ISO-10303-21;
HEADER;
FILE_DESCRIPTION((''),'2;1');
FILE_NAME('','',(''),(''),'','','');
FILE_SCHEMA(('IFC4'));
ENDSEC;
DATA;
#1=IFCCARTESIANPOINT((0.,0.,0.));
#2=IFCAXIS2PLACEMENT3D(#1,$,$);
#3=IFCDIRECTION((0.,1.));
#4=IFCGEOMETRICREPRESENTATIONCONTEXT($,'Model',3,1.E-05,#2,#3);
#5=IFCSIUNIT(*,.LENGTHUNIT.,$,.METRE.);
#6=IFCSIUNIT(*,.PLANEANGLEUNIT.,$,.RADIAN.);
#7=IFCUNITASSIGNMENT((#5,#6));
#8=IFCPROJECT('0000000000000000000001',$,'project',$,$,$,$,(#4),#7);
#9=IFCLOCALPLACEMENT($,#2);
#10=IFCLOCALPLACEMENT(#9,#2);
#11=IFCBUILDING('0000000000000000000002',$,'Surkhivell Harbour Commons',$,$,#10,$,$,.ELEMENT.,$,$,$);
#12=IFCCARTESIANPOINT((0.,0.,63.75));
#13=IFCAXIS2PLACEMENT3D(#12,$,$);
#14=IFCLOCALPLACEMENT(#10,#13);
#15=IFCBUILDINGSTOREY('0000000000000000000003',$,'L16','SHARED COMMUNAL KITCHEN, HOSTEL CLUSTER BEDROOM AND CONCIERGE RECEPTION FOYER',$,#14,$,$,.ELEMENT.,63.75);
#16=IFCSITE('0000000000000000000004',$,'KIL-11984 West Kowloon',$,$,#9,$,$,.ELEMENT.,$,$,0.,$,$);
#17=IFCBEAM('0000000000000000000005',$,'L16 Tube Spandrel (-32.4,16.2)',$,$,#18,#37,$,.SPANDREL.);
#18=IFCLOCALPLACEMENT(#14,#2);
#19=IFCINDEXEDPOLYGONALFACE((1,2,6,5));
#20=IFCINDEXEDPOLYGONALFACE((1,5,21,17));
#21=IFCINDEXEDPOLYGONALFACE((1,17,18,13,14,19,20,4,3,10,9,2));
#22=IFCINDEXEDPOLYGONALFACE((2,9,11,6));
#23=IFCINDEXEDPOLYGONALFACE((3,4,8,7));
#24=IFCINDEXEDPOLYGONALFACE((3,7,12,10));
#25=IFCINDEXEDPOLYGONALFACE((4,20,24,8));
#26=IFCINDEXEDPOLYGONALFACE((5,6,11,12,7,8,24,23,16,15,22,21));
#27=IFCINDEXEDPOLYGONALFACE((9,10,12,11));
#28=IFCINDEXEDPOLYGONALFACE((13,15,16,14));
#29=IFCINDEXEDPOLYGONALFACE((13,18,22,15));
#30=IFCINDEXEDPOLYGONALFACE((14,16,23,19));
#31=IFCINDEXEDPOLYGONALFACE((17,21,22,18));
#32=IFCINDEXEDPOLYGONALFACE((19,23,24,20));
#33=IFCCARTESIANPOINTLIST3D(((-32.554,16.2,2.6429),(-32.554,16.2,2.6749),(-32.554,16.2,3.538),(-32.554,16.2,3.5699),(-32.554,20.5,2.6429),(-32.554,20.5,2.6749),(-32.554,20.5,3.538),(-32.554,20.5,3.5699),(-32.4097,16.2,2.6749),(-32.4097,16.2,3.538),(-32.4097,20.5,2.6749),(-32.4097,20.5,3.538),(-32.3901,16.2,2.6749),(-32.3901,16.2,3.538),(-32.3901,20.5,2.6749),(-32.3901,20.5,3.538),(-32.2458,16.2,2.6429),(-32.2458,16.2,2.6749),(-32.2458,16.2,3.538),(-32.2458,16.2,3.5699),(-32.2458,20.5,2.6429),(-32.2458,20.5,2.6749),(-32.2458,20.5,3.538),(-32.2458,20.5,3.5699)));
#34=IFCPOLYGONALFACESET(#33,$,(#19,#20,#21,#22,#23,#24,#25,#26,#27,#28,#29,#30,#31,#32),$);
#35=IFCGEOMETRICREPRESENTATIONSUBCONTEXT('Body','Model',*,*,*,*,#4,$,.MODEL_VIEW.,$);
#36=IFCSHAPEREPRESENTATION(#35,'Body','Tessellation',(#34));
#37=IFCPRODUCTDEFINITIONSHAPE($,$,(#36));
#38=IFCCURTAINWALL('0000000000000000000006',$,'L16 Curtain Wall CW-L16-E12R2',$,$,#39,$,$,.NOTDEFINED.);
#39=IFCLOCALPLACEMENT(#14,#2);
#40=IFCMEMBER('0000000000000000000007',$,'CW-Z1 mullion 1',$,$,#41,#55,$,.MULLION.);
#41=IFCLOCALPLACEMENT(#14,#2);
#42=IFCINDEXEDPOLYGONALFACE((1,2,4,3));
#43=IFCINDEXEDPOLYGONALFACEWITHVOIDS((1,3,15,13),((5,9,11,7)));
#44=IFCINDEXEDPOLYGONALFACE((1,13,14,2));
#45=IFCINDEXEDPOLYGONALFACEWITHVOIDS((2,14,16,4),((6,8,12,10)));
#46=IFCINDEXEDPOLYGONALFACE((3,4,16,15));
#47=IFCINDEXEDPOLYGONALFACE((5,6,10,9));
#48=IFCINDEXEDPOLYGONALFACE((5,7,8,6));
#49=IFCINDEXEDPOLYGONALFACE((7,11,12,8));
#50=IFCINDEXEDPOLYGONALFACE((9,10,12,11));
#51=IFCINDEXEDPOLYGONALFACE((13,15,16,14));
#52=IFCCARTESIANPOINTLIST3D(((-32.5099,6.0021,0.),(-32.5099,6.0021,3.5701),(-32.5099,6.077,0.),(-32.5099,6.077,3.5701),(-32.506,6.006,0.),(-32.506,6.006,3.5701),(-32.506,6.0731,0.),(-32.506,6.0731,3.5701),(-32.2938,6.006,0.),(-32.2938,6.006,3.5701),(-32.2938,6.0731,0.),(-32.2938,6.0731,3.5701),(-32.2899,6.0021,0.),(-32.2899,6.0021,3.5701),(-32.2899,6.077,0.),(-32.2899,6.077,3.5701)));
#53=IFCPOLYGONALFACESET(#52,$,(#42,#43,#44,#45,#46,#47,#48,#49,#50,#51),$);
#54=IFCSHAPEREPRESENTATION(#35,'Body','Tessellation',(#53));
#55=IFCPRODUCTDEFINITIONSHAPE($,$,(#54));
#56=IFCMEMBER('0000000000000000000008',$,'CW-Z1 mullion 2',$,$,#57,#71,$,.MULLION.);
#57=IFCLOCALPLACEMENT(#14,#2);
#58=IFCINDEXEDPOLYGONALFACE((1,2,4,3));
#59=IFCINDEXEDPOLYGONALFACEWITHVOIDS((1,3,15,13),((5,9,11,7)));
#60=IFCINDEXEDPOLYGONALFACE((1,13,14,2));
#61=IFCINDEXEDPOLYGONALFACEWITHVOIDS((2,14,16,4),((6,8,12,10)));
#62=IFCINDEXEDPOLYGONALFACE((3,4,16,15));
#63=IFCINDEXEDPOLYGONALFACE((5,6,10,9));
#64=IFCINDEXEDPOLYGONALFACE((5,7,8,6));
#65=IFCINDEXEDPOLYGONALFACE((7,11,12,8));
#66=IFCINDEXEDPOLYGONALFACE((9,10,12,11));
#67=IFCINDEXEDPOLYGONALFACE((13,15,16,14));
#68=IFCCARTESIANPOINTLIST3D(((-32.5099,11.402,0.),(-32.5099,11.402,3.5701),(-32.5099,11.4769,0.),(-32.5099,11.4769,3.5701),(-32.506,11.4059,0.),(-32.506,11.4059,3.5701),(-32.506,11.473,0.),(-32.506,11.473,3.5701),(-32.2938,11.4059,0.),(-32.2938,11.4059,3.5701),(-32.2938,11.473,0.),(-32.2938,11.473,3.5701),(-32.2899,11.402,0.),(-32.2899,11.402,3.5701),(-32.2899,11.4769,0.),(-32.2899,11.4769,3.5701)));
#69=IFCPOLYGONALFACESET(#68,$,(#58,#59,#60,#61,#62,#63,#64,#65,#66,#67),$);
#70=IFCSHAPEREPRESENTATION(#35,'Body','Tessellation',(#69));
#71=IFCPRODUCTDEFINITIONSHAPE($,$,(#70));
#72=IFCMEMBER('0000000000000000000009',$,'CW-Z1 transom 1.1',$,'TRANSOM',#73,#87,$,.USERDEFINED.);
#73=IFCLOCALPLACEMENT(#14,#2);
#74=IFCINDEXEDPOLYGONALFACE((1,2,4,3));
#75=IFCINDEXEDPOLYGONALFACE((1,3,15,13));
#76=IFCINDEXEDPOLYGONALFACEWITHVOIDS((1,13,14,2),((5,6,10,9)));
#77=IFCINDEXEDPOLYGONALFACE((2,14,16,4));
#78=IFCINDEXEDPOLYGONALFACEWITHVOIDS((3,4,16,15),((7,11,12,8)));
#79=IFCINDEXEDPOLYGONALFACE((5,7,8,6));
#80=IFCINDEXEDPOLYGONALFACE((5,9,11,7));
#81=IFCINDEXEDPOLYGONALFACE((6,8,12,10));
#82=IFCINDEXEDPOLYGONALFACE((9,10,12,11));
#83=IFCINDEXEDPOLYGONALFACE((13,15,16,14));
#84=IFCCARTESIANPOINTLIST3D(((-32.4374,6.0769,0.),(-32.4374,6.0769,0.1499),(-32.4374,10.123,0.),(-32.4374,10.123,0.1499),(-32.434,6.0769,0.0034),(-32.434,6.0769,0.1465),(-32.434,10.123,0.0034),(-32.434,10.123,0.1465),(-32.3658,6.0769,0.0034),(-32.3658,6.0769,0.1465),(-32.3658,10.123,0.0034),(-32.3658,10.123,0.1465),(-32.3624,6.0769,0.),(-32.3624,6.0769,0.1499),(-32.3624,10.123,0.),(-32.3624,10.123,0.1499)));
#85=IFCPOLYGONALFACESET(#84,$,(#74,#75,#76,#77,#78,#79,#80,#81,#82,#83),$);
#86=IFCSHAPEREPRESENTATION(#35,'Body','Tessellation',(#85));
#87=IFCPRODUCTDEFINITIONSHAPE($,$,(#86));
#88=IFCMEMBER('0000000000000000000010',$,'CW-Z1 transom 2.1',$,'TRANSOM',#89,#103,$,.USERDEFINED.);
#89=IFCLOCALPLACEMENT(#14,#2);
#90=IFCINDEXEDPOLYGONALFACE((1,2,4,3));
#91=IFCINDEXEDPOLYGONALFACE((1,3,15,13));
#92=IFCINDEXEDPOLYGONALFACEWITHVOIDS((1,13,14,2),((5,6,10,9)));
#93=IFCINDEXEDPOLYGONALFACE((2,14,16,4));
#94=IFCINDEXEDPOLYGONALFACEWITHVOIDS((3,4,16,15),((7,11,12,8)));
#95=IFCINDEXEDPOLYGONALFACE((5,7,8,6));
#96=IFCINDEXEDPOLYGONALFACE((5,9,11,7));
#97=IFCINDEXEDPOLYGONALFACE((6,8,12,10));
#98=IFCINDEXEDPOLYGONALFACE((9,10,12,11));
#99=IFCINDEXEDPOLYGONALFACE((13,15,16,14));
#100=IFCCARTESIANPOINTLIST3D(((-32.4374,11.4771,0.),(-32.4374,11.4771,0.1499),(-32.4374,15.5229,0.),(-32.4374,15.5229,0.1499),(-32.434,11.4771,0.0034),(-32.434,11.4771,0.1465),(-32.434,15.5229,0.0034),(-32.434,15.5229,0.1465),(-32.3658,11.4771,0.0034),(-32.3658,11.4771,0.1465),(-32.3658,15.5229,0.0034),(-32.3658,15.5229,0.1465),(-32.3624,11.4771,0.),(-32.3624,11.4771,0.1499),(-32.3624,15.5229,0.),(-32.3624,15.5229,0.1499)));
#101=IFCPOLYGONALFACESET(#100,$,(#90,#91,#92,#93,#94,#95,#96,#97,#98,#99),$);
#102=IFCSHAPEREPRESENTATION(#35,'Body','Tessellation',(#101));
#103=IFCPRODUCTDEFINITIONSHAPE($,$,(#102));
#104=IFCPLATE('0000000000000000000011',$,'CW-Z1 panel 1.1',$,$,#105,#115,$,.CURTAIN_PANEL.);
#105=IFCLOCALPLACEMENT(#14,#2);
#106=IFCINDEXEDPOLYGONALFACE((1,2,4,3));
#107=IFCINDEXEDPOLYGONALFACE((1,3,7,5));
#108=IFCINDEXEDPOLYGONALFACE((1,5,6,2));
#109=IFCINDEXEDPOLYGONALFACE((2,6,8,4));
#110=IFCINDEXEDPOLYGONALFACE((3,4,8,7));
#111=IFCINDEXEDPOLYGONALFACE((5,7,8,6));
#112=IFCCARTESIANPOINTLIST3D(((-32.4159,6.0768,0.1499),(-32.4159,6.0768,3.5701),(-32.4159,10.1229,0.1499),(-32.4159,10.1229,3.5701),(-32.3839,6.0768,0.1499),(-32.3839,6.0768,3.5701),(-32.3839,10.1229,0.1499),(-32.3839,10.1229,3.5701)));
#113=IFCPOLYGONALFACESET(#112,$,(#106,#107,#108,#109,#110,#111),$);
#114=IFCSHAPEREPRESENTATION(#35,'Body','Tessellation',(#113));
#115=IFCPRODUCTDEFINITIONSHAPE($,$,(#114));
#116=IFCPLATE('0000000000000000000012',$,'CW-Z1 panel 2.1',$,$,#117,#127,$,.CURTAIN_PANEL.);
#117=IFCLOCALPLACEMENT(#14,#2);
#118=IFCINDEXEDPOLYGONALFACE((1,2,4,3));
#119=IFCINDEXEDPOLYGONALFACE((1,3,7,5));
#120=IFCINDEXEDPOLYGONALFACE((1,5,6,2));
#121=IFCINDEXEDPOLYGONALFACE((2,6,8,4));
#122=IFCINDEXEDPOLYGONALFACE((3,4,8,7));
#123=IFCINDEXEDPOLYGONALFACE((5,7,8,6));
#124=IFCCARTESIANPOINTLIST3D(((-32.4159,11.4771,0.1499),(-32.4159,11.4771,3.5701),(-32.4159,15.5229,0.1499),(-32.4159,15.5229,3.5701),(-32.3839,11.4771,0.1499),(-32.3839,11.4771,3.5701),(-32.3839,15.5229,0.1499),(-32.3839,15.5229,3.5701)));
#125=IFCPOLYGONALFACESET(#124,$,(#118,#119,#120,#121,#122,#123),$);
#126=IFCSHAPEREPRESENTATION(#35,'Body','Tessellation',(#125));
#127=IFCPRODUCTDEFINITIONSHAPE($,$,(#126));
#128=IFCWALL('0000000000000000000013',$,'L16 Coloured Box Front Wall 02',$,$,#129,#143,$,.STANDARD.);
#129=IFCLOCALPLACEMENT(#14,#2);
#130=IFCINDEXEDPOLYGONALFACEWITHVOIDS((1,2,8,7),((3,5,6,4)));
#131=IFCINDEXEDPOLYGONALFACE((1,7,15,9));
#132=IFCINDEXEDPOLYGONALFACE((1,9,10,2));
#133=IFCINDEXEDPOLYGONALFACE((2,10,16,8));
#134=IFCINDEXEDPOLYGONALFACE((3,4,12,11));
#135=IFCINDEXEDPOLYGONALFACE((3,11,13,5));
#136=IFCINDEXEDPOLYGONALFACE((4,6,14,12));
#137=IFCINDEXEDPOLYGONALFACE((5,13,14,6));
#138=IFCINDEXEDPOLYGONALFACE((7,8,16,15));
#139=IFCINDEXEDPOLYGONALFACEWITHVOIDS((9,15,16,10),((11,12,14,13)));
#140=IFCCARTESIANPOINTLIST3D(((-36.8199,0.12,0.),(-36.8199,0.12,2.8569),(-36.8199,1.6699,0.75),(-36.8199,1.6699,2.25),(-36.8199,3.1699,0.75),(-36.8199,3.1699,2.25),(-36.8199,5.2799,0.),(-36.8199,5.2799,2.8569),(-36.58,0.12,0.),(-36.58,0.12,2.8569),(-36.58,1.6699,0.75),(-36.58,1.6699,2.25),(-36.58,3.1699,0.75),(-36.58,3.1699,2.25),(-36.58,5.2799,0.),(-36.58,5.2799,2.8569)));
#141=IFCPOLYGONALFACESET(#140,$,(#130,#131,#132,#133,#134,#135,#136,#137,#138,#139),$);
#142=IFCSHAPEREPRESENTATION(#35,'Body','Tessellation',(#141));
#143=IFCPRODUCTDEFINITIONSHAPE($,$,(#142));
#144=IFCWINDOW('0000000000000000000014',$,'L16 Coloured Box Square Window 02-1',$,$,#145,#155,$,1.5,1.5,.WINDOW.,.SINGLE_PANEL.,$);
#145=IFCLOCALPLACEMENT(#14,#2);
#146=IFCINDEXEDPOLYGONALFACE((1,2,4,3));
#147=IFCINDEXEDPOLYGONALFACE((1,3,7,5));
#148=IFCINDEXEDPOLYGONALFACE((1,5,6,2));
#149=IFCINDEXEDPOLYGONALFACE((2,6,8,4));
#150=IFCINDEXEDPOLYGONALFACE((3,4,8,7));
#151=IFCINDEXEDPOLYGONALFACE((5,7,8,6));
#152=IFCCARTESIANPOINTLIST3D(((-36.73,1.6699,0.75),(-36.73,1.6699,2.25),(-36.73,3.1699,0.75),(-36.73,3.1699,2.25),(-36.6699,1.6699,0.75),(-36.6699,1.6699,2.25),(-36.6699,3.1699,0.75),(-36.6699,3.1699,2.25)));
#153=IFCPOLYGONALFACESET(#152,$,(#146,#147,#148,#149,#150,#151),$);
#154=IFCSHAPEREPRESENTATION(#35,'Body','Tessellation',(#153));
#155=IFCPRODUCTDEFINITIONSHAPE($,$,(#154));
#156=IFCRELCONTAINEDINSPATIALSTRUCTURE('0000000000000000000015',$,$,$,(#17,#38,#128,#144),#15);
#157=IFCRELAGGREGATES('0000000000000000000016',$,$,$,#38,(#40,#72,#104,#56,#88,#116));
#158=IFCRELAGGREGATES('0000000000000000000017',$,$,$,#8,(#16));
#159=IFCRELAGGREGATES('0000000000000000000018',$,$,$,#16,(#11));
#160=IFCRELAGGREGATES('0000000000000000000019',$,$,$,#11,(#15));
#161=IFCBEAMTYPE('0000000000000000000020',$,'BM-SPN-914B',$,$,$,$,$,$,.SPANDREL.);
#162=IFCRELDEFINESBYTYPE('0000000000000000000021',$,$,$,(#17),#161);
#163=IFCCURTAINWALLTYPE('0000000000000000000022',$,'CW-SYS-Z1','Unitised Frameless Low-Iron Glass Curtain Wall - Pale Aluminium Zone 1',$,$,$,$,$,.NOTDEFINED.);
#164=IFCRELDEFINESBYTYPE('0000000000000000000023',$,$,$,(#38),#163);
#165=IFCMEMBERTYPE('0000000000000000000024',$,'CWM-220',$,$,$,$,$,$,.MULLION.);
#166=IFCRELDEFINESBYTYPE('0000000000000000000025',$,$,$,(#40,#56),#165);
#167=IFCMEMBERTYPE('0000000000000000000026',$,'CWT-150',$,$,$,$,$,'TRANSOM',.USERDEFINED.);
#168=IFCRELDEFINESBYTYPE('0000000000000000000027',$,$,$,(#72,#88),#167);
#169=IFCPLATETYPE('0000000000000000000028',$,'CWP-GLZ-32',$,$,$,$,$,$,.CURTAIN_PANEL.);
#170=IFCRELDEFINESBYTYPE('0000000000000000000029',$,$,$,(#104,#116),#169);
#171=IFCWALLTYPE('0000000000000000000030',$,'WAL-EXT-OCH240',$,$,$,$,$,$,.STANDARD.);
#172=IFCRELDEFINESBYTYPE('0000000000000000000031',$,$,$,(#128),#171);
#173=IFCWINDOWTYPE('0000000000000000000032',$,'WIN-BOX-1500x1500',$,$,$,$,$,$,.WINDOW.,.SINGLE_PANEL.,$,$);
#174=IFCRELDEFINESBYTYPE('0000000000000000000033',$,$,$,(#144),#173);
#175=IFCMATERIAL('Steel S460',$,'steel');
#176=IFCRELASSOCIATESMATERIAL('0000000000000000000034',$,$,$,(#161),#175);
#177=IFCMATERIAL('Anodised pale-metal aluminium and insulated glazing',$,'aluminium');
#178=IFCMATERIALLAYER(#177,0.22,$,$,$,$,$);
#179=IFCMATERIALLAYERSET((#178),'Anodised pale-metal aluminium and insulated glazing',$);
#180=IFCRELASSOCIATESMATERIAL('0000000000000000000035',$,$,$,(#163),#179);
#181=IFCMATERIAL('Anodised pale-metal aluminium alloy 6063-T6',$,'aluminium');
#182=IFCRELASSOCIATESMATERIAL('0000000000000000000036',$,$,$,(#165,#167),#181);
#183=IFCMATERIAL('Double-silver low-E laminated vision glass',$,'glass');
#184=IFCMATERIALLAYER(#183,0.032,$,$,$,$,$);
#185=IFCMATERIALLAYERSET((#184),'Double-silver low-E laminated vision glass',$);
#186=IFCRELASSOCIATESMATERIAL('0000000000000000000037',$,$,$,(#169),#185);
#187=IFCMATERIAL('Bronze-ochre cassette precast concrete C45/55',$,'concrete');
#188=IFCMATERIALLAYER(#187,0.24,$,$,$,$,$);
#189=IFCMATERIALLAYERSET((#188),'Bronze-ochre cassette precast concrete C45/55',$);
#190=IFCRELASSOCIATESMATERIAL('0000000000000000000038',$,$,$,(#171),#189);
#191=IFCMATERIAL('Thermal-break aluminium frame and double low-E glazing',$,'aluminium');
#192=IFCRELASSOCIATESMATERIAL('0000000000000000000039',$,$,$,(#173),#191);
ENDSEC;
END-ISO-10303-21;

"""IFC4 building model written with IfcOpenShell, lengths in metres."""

from ifc_helpers import new_model, si_unit, direction, frame, frame_2d, origin, origin_2d, place, context, subcontext, project, spatial, rectangle, hollow_rectangle, i_section, extrude, material, layer, layer_set, material_profile, profile_set, type_object, element, fill, aggregate, save


model = new_model("IFC4")

# Units and contexts
model_context = context("Model", 3, precision=1e-05, world=origin(), true_north=direction((0.0, 1.0)))
body_context = subcontext(model_context, "Body", "Model", "MODEL_VIEW")
ifc_project = project(units=[si_unit("LENGTHUNIT", "METRE"), si_unit("PLANEANGLEUNIT", "RADIAN")], contexts=[model_context])

# Site, building, storey
site_placement = place(None, origin())
site = spatial("IfcSite", under=ifc_project, at=site_placement, Name="KIL-11984 West Kowloon", CompositionType="ELEMENT", RefElevation=0.0)
building_placement = place(site_placement, origin())
building = spatial("IfcBuilding", under=site, at=building_placement, Name="Surkhivell Harbour Commons", CompositionType="ELEMENT")
storey_placement = place(building_placement, frame((0.0, 0.0, 63.75)))
storey = spatial("IfcBuildingStorey", under=building, at=storey_placement, Name="L16", Description="SHARED COMMUNAL KITCHEN, HOSTEL CLUSTER BEDROOM AND CONCIERGE RECEPTION FOYER", CompositionType="ELEMENT", Elevation=63.75)

# Beam
ifc_material_1 = material(Name="Steel S460", Category="steel")
ifc_material_profile_1 = material_profile(ifc_material_1, i_section(OverallWidth=0.3081, OverallDepth=0.927, WebThickness=0.0195, FlangeThickness=0.032, at=origin_2d()), Name="UB914x305x289")
ifc_profile_set_1 = profile_set([ifc_material_profile_1], Name="Steel S460")
beam_type_1 = type_object("IfcBeamType", Name="BM-SPN-914B", PredefinedType="SPANDREL", material=ifc_profile_set_1)
beam_1_placement = place(storey_placement, frame((-32.3999, 16.2, 3.1064), z_axis=(0.0, 1.0, 0.0), x_axis=(-1.0, 0.0, 0.0)))
element("IfcBeam", 1, at=beam_1_placement, inside=storey, type_object=beam_type_1, Name="L16 Tube Spandrel (-32.4,16.2)", PredefinedType="SPANDREL", context=body_context, shape_type="SweptSolid", body=[
    extrude(i_section(OverallWidth=0.3081, OverallDepth=0.927, WebThickness=0.0195, FlangeThickness=0.032, at=origin_2d()), origin(), (0.0, 0.0, 1.0), 4.3),
])

# Curtain wall, members, plates
ifc_material_2 = material(Name="Anodised pale-metal aluminium and insulated glazing", Category="aluminium")
ifc_layer_1 = layer(ifc_material_2, 0.22)
ifc_layer_set_1 = layer_set([ifc_layer_1], Name="Anodised pale-metal aluminium and insulated glazing")
curtain_wall_type = type_object("IfcCurtainWallType", Name="CW-SYS-Z1", Description="Unitised Frameless Low-Iron Glass Curtain Wall - Pale Aluminium Zone 1", PredefinedType="NOTDEFINED", material=ifc_layer_set_1)
curtain_wall_placement = place(storey_placement, origin())
curtain_wall = element("IfcCurtainWall", 2, at=curtain_wall_placement, inside=storey, type_object=curtain_wall_type, Name="L16 Curtain Wall CW-L16-E12R2", PredefinedType="NOTDEFINED")
ifc_material_3 = material(Name="Anodised pale-metal aluminium alloy 6063-T6", Category="aluminium")
ifc_material_profile_2 = material_profile(ifc_material_3, hollow_rectangle(XDim=0.075, YDim=0.22, WallThickness=0.0039, at=origin_2d()), Name="ALU-MULL-75x220")
ifc_profile_set_2 = profile_set([ifc_material_profile_2], Name="Anodised pale-metal aluminium alloy 6063-T6")
member_type_1 = type_object("IfcMemberType", Name="CWM-220", PredefinedType="MULLION", material=ifc_profile_set_2)
member_1_placement = place(storey_placement, frame((-32.3999, 6.0396, 0.0), z_axis=(0.0, 0.0, 1.0), x_axis=(0.0, 1.0, 0.0)))
member_1 = element("IfcMember", 3, at=member_1_placement, type_object=member_type_1, Name="CW-Z1 mullion 1", PredefinedType="MULLION", context=body_context, shape_type="SweptSolid", body=[
    extrude(hollow_rectangle(XDim=0.075, YDim=0.22, WallThickness=0.0039, at=origin_2d()), origin(), (0.0, 0.0, 1.0), 3.5701),
])
member_2_placement = place(storey_placement, frame((-32.3999, 11.4395, 0.0), z_axis=(0.0, 0.0, 1.0), x_axis=(0.0, 1.0, 0.0)))
member_2 = element("IfcMember", 4, at=member_2_placement, type_object=member_type_1, Name="CW-Z1 mullion 2", PredefinedType="MULLION", context=body_context, shape_type="SweptSolid", body=[
    extrude(hollow_rectangle(XDim=0.075, YDim=0.22, WallThickness=0.0039, at=origin_2d()), origin(), (0.0, 0.0, 1.0), 3.5701),
])
ifc_material_profile_3 = material_profile(ifc_material_3, hollow_rectangle(XDim=0.075, YDim=0.1499, WallThickness=0.0034, at=origin_2d()), Name="ALU-TRAN-75x150")
ifc_profile_set_3 = profile_set([ifc_material_profile_3], Name="Anodised pale-metal aluminium alloy 6063-T6")
member_type_2 = type_object("IfcMemberType", Name="CWT-150", ElementType="TRANSOM", PredefinedType="USERDEFINED", material=ifc_profile_set_3)
member_3_placement = place(storey_placement, frame((-32.3999, 6.0769, 0.075), z_axis=(0.0, 1.0, 0.0), x_axis=(-1.0, 0.0, 0.0)))
member_3 = element("IfcMember", 5, at=member_3_placement, type_object=member_type_2, Name="CW-Z1 transom 1.1", ObjectType="TRANSOM", PredefinedType="USERDEFINED", context=body_context, shape_type="SweptSolid", body=[
    extrude(hollow_rectangle(XDim=0.075, YDim=0.1499, WallThickness=0.0034, at=origin_2d()), origin(), (0.0, 0.0, 1.0), 4.0461),
])
member_4_placement = place(storey_placement, frame((-32.3999, 11.4771, 0.075), z_axis=(0.0, 1.0, 0.0), x_axis=(-1.0, 0.0, 0.0)))
member_4 = element("IfcMember", 6, at=member_4_placement, type_object=member_type_2, Name="CW-Z1 transom 2.1", ObjectType="TRANSOM", PredefinedType="USERDEFINED", context=body_context, shape_type="SweptSolid", body=[
    extrude(hollow_rectangle(XDim=0.075, YDim=0.1499, WallThickness=0.0034, at=origin_2d()), origin(), (0.0, 0.0, 1.0), 4.0459),
])
ifc_material_4 = material(Name="Double-silver low-E laminated vision glass", Category="glass")
ifc_layer_2 = layer(ifc_material_4, 0.032)
ifc_layer_set_2 = layer_set([ifc_layer_2], Name="Double-silver low-E laminated vision glass")
plate_type = type_object("IfcPlateType", Name="CWP-GLZ-32", PredefinedType="CURTAIN_PANEL", material=ifc_layer_set_2)
plate_1_placement = place(storey_placement, frame((-32.3999, 6.0769, 0.1499), z_axis=(0.0, 0.0, 1.0), x_axis=(0.0, 1.0, 0.0)))
plate_1 = element("IfcPlate", 7, at=plate_1_placement, type_object=plate_type, Name="CW-Z1 panel 1.1", PredefinedType="CURTAIN_PANEL", context=body_context, shape_type="SweptSolid", body=[
    extrude(rectangle(XDim=4.0461, YDim=0.032, at=frame_2d((2.0229, 0.0))), origin(), (0.0, 0.0, 1.0), 3.4202),
])
plate_2_placement = place(storey_placement, frame((-32.3999, 11.4771, 0.1499), z_axis=(0.0, 0.0, 1.0), x_axis=(0.0, 1.0, 0.0)))
plate_2 = element("IfcPlate", 8, at=plate_2_placement, type_object=plate_type, Name="CW-Z1 panel 2.1", PredefinedType="CURTAIN_PANEL", context=body_context, shape_type="SweptSolid", body=[
    extrude(rectangle(XDim=4.0459, YDim=0.032, at=frame_2d((2.0229, 0.0))), origin(), (0.0, 0.0, 1.0), 3.4202),
])
aggregate(curtain_wall, [member_1, member_3, plate_1, member_2, member_4, plate_2])

# Wall, opening, window
ifc_material_5 = material(Name="Bronze-ochre cassette precast concrete C45/55", Category="concrete")
ifc_layer_3 = layer(ifc_material_5, 0.24)
ifc_layer_set_3 = layer_set([ifc_layer_3], Name="Bronze-ochre cassette precast concrete C45/55")
wall_type_1 = type_object("IfcWallType", Name="WAL-EXT-OCH240", PredefinedType="STANDARD", material=ifc_layer_set_3)
wall_1_placement = place(storey_placement, frame((-36.7, 5.28, 0.0), z_axis=(0.0, 0.0, 1.0), x_axis=(0.0, -1.0, 0.0)))
wall_1 = element("IfcWall", 9, at=wall_1_placement, inside=storey, type_object=wall_type_1, Name="L16 Coloured Box Front Wall 02", PredefinedType="STANDARD", context=body_context, shape_type="SweptSolid", body=[
    extrude(rectangle(XDim=5.1599, YDim=0.24, at=frame_2d((2.5801, 0.0))), origin(), (0.0, 0.0, 1.0), 2.8569),
])
opening_1_placement = place(wall_1_placement, frame((2.1101, 0.0, 0.75)))
opening_1 = element("IfcOpeningElement", 10, at=opening_1_placement, cuts=wall_1, PredefinedType="OPENING", context=body_context, shape_type="SweptSolid", body=[
    extrude(rectangle(XDim=1.5, YDim=1.5, at=frame_2d((0.75, 0.75))), frame((0.0, 0.1299, 0.0), z_axis=(0.0, -1.0, 0.0), x_axis=(1.0, 0.0, 0.0)), (0.0, 0.0, 1.0), 0.26),
])
ifc_material_6 = material(Name="Thermal-break aluminium frame and double low-E glazing", Category="aluminium")
window_type_1 = type_object("IfcWindowType", Name="WIN-BOX-1500x1500", PartitioningType="SINGLE_PANEL", PredefinedType="WINDOW", material=ifc_material_6)
window_1_placement = place(opening_1_placement, origin())
window_1 = element("IfcWindow", 11, at=window_1_placement, inside=storey, type_object=window_type_1, Name="L16 Coloured Box Square Window 02-1", OverallHeight=1.5, OverallWidth=1.5, PartitioningType="SINGLE_PANEL", PredefinedType="WINDOW", context=body_context, shape_type="SweptSolid", body=[
    extrude(rectangle(XDim=1.5, YDim=1.5, at=frame_2d((0.75, 0.75))), frame((0.0, 0.03, 0.0), z_axis=(0.0, -1.0, 0.0), x_axis=(1.0, 0.0, 0.0)), (0.0, 0.0, 1.0), 0.0601),
])
fill(opening_1, window_1)

save(model, "model.ifc")
